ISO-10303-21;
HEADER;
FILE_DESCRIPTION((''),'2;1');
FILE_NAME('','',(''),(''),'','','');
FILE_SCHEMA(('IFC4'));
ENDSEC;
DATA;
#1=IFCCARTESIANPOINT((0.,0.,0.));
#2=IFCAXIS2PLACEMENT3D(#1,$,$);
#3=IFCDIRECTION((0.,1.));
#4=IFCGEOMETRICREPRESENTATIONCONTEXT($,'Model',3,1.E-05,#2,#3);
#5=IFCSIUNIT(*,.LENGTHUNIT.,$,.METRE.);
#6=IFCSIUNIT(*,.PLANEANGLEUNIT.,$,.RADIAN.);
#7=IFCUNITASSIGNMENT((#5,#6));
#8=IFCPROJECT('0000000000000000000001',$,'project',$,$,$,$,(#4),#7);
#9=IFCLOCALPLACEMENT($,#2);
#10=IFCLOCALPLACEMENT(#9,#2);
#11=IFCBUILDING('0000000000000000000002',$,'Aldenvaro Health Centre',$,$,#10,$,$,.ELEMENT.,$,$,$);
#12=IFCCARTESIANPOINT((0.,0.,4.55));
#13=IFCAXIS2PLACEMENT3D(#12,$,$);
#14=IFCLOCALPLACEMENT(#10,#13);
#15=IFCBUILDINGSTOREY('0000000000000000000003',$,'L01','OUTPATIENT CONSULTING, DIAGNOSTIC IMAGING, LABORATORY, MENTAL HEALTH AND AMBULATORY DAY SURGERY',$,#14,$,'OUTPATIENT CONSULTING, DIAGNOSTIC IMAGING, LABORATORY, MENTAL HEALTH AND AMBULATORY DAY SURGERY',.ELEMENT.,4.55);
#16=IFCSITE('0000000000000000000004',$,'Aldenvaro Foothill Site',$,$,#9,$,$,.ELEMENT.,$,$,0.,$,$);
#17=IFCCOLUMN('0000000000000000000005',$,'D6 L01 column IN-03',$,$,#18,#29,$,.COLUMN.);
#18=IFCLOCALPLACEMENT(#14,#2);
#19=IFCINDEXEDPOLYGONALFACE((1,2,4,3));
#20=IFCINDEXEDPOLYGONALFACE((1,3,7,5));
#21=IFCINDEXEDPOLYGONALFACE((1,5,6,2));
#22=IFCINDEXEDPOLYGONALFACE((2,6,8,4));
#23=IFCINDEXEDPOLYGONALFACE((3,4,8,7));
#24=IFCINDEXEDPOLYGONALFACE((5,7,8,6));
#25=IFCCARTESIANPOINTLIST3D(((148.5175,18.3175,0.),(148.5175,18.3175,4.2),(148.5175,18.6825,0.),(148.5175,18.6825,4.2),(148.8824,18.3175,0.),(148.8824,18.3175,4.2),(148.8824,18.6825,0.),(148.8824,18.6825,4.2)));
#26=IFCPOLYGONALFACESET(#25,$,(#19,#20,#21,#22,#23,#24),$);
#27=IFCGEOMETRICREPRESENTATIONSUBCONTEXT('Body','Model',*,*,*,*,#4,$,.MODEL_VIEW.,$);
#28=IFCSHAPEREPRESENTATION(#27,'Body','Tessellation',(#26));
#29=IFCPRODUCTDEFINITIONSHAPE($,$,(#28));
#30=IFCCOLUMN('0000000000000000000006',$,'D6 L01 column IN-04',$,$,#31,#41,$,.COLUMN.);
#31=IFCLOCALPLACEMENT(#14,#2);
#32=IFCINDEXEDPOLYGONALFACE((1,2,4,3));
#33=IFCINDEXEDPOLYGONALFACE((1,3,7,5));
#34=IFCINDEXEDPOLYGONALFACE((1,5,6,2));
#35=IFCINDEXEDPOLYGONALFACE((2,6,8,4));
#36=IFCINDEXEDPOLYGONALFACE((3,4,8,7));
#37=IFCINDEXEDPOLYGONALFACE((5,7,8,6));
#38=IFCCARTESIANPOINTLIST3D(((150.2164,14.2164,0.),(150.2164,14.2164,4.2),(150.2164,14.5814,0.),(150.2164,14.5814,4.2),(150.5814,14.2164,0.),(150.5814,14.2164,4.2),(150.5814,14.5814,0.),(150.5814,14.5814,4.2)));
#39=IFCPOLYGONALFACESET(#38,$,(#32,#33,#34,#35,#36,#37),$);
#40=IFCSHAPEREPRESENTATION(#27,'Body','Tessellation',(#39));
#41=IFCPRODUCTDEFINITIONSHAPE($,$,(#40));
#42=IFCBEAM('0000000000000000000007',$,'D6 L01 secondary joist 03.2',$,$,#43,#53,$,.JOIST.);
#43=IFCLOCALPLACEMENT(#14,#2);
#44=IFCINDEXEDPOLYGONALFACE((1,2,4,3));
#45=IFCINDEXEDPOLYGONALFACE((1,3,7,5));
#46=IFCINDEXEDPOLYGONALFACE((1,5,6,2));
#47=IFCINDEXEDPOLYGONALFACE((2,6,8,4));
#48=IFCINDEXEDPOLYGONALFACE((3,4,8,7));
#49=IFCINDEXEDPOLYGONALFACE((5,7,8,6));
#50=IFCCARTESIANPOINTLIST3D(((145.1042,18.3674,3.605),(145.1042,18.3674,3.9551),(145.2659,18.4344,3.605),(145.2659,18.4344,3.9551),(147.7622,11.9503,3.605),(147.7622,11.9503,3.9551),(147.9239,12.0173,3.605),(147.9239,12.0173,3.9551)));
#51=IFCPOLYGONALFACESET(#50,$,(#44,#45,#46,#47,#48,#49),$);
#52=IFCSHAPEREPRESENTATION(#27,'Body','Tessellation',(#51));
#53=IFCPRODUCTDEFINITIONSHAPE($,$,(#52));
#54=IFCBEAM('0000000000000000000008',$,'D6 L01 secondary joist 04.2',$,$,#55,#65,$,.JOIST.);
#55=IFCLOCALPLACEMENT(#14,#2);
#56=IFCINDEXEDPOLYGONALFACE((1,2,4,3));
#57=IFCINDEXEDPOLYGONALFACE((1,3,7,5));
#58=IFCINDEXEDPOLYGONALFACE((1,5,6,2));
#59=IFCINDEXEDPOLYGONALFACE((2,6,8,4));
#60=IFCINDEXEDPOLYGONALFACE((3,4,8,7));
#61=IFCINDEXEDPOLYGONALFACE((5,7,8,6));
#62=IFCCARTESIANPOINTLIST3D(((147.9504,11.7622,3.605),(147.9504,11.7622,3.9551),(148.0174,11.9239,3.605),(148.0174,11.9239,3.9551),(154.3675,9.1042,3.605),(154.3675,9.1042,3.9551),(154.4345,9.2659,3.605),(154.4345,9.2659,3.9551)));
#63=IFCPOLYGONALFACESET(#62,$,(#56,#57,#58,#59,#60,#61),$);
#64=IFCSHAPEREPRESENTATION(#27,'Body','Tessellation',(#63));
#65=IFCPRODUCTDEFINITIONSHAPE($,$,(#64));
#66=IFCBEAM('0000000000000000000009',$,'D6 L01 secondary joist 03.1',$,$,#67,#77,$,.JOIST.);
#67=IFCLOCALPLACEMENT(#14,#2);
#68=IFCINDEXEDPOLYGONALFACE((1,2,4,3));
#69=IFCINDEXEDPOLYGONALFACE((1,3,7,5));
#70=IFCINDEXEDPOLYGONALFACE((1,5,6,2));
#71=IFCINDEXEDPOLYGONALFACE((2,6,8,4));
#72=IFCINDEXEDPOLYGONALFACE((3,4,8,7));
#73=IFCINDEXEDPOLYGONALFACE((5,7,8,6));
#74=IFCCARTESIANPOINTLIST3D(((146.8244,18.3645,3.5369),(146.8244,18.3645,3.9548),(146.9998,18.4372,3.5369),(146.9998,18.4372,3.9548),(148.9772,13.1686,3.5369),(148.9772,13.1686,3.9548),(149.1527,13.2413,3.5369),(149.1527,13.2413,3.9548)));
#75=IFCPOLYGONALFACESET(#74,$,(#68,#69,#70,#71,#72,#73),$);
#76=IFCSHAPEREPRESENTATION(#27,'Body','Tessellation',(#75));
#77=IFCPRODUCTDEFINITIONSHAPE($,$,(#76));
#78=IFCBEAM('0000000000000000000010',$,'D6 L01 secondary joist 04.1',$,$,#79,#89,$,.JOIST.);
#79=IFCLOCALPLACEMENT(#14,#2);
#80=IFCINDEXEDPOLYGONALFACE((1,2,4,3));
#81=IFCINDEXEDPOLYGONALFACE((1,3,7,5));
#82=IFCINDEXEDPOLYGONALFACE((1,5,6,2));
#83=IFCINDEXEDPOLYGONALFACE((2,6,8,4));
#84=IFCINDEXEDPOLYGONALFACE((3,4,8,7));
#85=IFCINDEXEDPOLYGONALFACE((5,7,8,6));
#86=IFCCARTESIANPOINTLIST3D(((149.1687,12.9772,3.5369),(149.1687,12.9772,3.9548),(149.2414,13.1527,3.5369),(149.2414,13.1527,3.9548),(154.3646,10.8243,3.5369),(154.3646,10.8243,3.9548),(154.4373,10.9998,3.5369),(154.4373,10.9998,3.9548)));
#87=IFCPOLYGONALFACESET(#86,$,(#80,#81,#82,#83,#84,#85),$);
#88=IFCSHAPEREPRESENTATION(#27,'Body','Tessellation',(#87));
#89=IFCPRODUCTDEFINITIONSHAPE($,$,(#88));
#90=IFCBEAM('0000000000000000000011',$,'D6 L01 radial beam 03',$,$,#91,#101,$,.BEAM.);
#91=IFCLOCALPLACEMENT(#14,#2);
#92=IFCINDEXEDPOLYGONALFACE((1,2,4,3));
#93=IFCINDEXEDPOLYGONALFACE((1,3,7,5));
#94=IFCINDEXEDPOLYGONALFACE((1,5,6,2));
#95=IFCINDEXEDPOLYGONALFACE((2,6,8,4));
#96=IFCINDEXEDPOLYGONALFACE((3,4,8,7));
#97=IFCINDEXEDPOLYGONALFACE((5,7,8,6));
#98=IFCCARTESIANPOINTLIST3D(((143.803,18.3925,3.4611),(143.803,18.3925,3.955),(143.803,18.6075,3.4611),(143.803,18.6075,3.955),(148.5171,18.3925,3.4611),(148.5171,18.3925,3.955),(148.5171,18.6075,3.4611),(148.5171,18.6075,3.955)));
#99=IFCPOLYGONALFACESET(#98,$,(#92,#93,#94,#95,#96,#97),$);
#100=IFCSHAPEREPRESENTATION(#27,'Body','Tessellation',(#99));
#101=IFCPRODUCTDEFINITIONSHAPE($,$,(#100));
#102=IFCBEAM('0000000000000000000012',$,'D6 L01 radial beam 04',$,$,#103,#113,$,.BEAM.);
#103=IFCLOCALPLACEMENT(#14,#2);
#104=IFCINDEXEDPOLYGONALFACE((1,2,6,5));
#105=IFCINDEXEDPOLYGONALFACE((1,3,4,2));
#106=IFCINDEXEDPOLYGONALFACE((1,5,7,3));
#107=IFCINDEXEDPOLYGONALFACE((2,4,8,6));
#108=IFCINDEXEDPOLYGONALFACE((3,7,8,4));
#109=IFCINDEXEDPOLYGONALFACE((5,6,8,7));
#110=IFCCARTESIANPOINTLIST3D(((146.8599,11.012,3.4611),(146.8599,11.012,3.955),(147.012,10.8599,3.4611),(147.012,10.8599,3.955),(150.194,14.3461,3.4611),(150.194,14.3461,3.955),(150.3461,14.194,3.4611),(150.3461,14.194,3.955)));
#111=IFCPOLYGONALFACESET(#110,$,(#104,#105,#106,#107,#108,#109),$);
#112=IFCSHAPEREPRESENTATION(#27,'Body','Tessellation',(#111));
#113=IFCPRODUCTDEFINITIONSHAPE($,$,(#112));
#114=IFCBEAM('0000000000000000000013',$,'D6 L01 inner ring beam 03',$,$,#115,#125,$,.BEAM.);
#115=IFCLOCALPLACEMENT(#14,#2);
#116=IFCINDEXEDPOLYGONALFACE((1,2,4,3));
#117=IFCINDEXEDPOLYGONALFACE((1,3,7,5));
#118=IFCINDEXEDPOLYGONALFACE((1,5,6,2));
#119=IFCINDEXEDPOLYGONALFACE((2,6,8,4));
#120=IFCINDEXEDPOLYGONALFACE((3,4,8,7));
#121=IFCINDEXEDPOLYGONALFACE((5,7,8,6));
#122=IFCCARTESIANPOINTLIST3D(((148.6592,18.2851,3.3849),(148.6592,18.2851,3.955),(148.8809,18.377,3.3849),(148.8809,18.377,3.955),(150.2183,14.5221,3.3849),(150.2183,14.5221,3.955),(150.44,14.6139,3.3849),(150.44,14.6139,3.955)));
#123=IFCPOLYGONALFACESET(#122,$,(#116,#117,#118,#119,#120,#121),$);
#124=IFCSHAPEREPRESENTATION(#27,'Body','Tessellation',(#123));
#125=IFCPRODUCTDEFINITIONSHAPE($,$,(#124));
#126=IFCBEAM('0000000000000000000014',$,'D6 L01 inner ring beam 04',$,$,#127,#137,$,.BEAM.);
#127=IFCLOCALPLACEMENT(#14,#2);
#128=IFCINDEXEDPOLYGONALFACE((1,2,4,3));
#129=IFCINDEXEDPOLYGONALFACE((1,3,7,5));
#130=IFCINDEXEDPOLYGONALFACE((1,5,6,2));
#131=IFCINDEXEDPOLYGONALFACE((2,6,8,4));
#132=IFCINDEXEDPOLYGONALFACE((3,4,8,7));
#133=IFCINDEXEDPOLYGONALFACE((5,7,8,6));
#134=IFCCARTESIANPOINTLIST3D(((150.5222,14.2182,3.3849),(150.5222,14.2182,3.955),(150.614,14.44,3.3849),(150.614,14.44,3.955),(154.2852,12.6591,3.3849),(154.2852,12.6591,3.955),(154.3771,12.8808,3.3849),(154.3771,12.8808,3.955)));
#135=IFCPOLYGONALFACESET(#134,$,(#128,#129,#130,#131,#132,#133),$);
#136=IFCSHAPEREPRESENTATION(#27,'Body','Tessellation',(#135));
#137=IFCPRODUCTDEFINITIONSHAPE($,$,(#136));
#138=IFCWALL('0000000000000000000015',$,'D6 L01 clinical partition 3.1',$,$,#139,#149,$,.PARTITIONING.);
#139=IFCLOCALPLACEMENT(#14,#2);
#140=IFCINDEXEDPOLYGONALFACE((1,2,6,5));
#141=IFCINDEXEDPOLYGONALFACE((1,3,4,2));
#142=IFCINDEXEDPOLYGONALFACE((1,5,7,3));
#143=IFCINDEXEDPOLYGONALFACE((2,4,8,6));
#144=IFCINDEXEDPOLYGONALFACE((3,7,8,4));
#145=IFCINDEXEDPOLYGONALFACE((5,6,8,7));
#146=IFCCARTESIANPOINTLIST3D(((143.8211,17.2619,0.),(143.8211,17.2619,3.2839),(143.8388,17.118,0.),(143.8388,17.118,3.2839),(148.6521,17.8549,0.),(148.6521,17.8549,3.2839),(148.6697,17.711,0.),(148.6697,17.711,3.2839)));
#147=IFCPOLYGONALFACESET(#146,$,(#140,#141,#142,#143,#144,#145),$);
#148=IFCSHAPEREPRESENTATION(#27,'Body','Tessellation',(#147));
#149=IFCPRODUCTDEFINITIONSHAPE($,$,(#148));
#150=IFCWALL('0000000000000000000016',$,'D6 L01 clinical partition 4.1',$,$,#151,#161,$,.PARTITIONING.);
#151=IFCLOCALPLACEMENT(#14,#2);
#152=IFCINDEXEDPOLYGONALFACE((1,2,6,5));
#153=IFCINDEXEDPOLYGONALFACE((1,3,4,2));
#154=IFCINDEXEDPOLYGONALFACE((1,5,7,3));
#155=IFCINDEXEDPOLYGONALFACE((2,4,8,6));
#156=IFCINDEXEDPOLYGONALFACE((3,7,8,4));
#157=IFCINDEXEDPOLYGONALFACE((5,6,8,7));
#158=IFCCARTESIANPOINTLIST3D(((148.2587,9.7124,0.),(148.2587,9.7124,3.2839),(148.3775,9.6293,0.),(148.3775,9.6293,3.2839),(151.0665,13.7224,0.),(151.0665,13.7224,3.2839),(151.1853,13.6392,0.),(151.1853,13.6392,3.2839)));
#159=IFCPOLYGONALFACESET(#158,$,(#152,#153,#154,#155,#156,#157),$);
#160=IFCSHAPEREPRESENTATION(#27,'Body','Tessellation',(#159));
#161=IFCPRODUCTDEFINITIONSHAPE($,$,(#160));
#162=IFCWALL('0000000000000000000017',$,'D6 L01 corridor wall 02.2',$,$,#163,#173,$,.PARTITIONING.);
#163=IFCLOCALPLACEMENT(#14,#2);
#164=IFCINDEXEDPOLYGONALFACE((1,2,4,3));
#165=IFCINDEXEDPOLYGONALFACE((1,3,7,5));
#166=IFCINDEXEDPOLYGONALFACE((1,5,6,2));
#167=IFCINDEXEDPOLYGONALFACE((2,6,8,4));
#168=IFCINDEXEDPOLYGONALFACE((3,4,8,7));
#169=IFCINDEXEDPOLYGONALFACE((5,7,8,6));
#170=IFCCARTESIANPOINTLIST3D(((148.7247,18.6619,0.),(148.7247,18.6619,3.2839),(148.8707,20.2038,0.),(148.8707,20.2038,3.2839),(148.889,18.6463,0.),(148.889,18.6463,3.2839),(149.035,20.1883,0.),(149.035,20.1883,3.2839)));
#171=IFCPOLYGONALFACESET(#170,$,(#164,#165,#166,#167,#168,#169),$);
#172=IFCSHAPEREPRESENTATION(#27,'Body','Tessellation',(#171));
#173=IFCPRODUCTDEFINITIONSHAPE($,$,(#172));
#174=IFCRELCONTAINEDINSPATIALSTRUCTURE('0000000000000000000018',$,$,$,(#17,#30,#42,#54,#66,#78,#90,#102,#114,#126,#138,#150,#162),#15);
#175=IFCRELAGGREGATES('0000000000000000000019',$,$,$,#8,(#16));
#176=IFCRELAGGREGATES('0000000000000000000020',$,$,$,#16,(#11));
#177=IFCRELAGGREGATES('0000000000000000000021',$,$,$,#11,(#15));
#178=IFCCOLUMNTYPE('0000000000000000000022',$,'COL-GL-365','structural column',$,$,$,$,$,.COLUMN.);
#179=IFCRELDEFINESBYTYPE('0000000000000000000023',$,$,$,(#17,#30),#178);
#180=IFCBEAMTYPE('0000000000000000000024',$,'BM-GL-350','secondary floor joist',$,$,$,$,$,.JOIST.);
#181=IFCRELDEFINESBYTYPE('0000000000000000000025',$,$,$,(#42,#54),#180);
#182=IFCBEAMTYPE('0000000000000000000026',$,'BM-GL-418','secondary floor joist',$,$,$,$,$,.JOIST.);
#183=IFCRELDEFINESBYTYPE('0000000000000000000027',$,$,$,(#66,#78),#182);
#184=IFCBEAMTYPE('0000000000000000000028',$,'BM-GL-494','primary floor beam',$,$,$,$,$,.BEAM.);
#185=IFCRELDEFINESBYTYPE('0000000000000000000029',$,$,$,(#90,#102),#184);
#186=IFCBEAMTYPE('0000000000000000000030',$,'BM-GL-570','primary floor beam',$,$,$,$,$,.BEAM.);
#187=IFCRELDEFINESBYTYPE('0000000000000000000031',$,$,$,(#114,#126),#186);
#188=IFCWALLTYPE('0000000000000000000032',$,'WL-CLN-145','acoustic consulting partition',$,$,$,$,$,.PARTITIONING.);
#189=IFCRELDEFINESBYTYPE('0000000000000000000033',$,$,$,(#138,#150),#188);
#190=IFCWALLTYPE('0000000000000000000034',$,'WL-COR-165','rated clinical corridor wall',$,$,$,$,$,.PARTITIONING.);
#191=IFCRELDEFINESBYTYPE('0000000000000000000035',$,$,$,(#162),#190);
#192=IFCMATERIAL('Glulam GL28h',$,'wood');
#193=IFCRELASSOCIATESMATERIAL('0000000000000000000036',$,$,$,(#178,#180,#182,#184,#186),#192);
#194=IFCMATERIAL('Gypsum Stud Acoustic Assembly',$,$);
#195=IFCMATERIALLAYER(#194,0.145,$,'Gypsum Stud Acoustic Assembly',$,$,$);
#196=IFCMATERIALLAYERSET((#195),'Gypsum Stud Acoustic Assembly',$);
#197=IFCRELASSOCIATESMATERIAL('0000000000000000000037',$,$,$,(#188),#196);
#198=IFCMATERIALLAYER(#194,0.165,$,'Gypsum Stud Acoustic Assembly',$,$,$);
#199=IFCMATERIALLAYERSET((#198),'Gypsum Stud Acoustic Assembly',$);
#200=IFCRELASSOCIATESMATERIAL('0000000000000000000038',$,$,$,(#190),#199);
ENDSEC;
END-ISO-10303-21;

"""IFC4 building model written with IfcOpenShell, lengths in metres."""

from ifc_helpers import new_model, si_unit, direction, frame, frame_2d, origin, origin_2d, place, context, subcontext, project, spatial, rectangle, extrude, material, layer, layer_set, material_profile, profile_set, type_object, element, save


model = new_model("IFC4")

# Units and contexts
model_context = context("Model", 3, precision=1e-05, world=origin(), true_north=direction((0.0, 1.0)))
body_context = subcontext(model_context, "Body", "Model", "MODEL_VIEW")
ifc_project = project(units=[si_unit("LENGTHUNIT", "METRE"), si_unit("PLANEANGLEUNIT", "RADIAN")], contexts=[model_context])

# Site, building, storey
site_placement = place(None, origin())
site = spatial("IfcSite", under=ifc_project, at=site_placement, Name="Aldenvaro Foothill Site", CompositionType="ELEMENT", RefElevation=0.0)
building_placement = place(site_placement, origin())
building = spatial("IfcBuilding", under=site, at=building_placement, Name="Aldenvaro Health Centre", CompositionType="ELEMENT")
storey_placement = place(building_placement, frame((0.0, 0.0, 4.55)))
storey = spatial("IfcBuildingStorey", under=building, at=storey_placement, Name="L01", Description="OUTPATIENT CONSULTING, DIAGNOSTIC IMAGING, LABORATORY, MENTAL HEALTH AND AMBULATORY DAY SURGERY", LongName="OUTPATIENT CONSULTING, DIAGNOSTIC IMAGING, LABORATORY, MENTAL HEALTH AND AMBULATORY DAY SURGERY", CompositionType="ELEMENT", Elevation=4.55)

# Columns
ifc_material_1 = material(Name="Glulam GL28h", Category="wood")
ifc_material_profile_1 = material_profile(ifc_material_1, rectangle(XDim=0.365, YDim=0.365, at=origin_2d()), Name="GL 365x365", Category="wood")
ifc_profile_set_1 = profile_set([ifc_material_profile_1], Name="Glulam GL28h")
column_type = type_object("IfcColumnType", Name="COL-GL-365", Description="structural column", PredefinedType="COLUMN", material=ifc_profile_set_1)
for number, where, z_axis, x_axis, name in (
    (1, (148.7, 18.5, 0.0), (0.0, 0.0, 1.0), (1.0, 0.0, 0.0), "D6 L01 column IN-03"),
    (2, (150.3989, 14.3989, 0.0), (0.0, 0.0, 1.0), (1.0, 0.0, 0.0), "D6 L01 column IN-04"),
):
    element("IfcColumn", number, at=place(storey_placement, frame(where, z_axis=z_axis, x_axis=x_axis)), inside=storey, type_object=column_type, Name=name, PredefinedType="COLUMN", context=body_context, shape_type="SweptSolid", body=[
        extrude(rectangle(XDim=0.365, YDim=0.365, at=origin_2d()), origin(), (0.0, 0.0, 1.0), 4.2),
    ])

# Beams
ifc_material_profile_2 = material_profile(ifc_material_1, rectangle(XDim=0.175, YDim=0.3501, at=origin_2d()), Name="GL 175x350", Category="wood")
ifc_profile_set_2 = profile_set([ifc_material_profile_2], Name="Glulam GL28h")
beam_type_1 = type_object("IfcBeamType", Name="BM-GL-350", Description="secondary floor joist", PredefinedType="JOIST", material=ifc_profile_set_2)
for number, where, z_axis, x_axis, name in (
    (3, (145.1851, 18.4009, 3.78), (0.382678, -0.923882, 0.0), (0.923882, 0.382678, 0.0), "D6 L01 secondary joist 03.2"),
    (4, (147.9839, 11.843, 3.78), (0.923882, -0.382678, 0.0), (0.382678, 0.923882, 0.0), "D6 L01 secondary joist 04.2"),
):
    element("IfcBeam", number, at=place(storey_placement, frame(where, z_axis=z_axis, x_axis=x_axis)), inside=storey, type_object=beam_type_1, Name=name, PredefinedType="JOIST", context=body_context, shape_type="SweptSolid", body=[
        extrude(rectangle(XDim=0.175, YDim=0.3501, at=origin_2d()), origin(), (0.0, 0.0, 1.0), 6.9458),
    ])
ifc_material_profile_3 = material_profile(ifc_material_1, rectangle(XDim=0.1899, YDim=0.418, at=origin_2d()), Name="GL 190x418", Category="wood")
ifc_profile_set_3 = profile_set([ifc_material_profile_3], Name="Glulam GL28h")
beam_type_2 = type_object("IfcBeamType", Name="BM-GL-418", Description="secondary floor joist", PredefinedType="JOIST", material=ifc_profile_set_3)
for number, where, z_axis, x_axis, name in (
    (5, (146.9121, 18.4009, 3.7458), (0.382784, -0.923838, 0.0), (0.923838, 0.382784, 0.0), "D6 L01 secondary joist 03.1"),
    (6, (149.2051, 13.0649, 3.7458), (0.923838, -0.382784, 0.0), (0.382784, 0.923838, 0.0), "D6 L01 secondary joist 04.1"),
):
    element("IfcBeam", number, at=place(storey_placement, frame(where, z_axis=z_axis, x_axis=x_axis)), inside=storey, type_object=beam_type_2, Name=name, PredefinedType="JOIST", context=body_context, shape_type="SweptSolid", body=[
        extrude(rectangle(XDim=0.1899, YDim=0.418, at=origin_2d()), origin(), (0.0, 0.0, 1.0), 5.6243),
    ])
ifc_material_profile_4 = material_profile(ifc_material_1, rectangle(XDim=0.2151, YDim=0.4939, at=origin_2d()), Name="GL 215x494", Category="wood")
ifc_profile_set_4 = profile_set([ifc_material_profile_4], Name="Glulam GL28h")
beam_type_3 = type_object("IfcBeamType", Name="BM-GL-494", Description="primary floor beam", PredefinedType="BEAM", material=ifc_profile_set_4)
beam_1_placement = place(storey_placement, frame((148.5171, 18.5, 3.708), z_axis=(-1.0, 0.0, 0.0), x_axis=(0.0, -1.0, 0.0)))
element("IfcBeam", 7, at=beam_1_placement, inside=storey, type_object=beam_type_3, Name="D6 L01 radial beam 03", PredefinedType="BEAM", context=body_context, shape_type="SweptSolid", body=[
    extrude(rectangle(XDim=0.2151, YDim=0.4939, at=origin_2d()), origin(), (0.0, 0.0, 1.0), 4.7141),
])
beam_2_placement = place(storey_placement, frame((150.27, 14.27, 3.708), z_axis=(-0.707107, -0.707107, 0.0), x_axis=(0.707107, -0.707107, 0.0)))
element("IfcBeam", 8, at=beam_2_placement, inside=storey, type_object=beam_type_3, Name="D6 L01 radial beam 04", PredefinedType="BEAM", context=body_context, shape_type="SweptSolid", body=[
    extrude(rectangle(XDim=0.2151, YDim=0.4939, at=origin_2d()), origin(), (0.0, 0.0, 1.0), 4.7151),
])
ifc_material_profile_5 = material_profile(ifc_material_1, rectangle(XDim=0.24, YDim=0.5701, at=origin_2d()), Name="GL 240x570", Category="wood")
ifc_profile_set_5 = profile_set([ifc_material_profile_5], Name="Glulam GL28h")
beam_type_4 = type_object("IfcBeamType", Name="BM-GL-570", Description="primary floor beam", PredefinedType="BEAM", material=ifc_profile_set_5)
for number, where, z_axis, x_axis, name in (
    (9, (148.77, 18.3311, 3.6699), (0.382772, -0.923843, 0.0), (0.923843, 0.382772, 0.0), "D6 L01 inner ring beam 03"),
    (10, (150.5681, 14.3291, 3.6699), (0.923843, -0.382772, 0.0), (0.382772, 0.923843, 0.0), "D6 L01 inner ring beam 04"),
):
    element("IfcBeam", number, at=place(storey_placement, frame(where, z_axis=z_axis, x_axis=x_axis)), inside=storey, type_object=beam_type_4, Name=name, PredefinedType="BEAM", context=body_context, shape_type="SweptSolid", body=[
        extrude(rectangle(XDim=0.24, YDim=0.5701, at=origin_2d()), origin(), (0.0, 0.0, 1.0), 4.0732),
    ])

# Walls
ifc_material_2 = material(Name="Gypsum Stud Acoustic Assembly")
ifc_layer_1 = layer(ifc_material_2, 0.145, Name="Gypsum Stud Acoustic Assembly")
ifc_layer_set_1 = layer_set([ifc_layer_1], Name="Gypsum Stud Acoustic Assembly")
wall_type_1 = type_object("IfcWallType", Name="WL-CLN-145", Description="acoustic consulting partition", PredefinedType="PARTITIONING", material=ifc_layer_set_1)
wall_1_placement = place(storey_placement, frame((148.6609, 17.783, 0.0), z_axis=(0.0, 0.0, 1.0), x_axis=(-0.992549, -0.121843, 0.0)))
element("IfcWall", 11, at=wall_1_placement, inside=storey, type_object=wall_type_1, Name="D6 L01 clinical partition 3.1", PredefinedType="PARTITIONING", context=body_context, shape_type="SweptSolid", body=[
    extrude(rectangle(XDim=4.8672, YDim=0.145, at=frame_2d((2.4336, 0.0))), origin(), (0.0, 0.0, 1.0), 3.2839),
])
wall_2_placement = place(storey_placement, frame((151.126, 13.6809, 0.0), z_axis=(0.0, 0.0, 1.0), x_axis=(-0.573579, -0.81915, 0.0)))
element("IfcWall", 12, at=wall_2_placement, inside=storey, type_object=wall_type_1, Name="D6 L01 clinical partition 4.1", PredefinedType="PARTITIONING", context=body_context, shape_type="SweptSolid", body=[
    extrude(rectangle(XDim=4.8953, YDim=0.145, at=frame_2d((2.4478, 0.0))), origin(), (0.0, 0.0, 1.0), 3.2839),
])
ifc_layer_2 = layer(ifc_material_2, 0.165, Name="Gypsum Stud Acoustic Assembly")
ifc_layer_set_2 = layer_set([ifc_layer_2], Name="Gypsum Stud Acoustic Assembly")
wall_type_2 = type_object("IfcWallType", Name="WL-COR-165", Description="rated clinical corridor wall", PredefinedType="PARTITIONING", material=ifc_layer_set_2)
wall_3_placement = place(storey_placement, frame((148.9529, 20.196, 0.0), z_axis=(0.0, 0.0, 1.0), x_axis=(-0.094259, -0.995548, 0.0)))
element("IfcWall", 13, at=wall_3_placement, inside=storey, type_object=wall_type_2, Name="D6 L01 corridor wall 02.2", PredefinedType="PARTITIONING", context=body_context, shape_type="SweptSolid", body=[
    extrude(rectangle(XDim=1.5488, YDim=0.165, at=frame_2d((0.7744, 0.0))), origin(), (0.0, 0.0, 1.0), 3.2839),
])

save(model, "model.ifc")
